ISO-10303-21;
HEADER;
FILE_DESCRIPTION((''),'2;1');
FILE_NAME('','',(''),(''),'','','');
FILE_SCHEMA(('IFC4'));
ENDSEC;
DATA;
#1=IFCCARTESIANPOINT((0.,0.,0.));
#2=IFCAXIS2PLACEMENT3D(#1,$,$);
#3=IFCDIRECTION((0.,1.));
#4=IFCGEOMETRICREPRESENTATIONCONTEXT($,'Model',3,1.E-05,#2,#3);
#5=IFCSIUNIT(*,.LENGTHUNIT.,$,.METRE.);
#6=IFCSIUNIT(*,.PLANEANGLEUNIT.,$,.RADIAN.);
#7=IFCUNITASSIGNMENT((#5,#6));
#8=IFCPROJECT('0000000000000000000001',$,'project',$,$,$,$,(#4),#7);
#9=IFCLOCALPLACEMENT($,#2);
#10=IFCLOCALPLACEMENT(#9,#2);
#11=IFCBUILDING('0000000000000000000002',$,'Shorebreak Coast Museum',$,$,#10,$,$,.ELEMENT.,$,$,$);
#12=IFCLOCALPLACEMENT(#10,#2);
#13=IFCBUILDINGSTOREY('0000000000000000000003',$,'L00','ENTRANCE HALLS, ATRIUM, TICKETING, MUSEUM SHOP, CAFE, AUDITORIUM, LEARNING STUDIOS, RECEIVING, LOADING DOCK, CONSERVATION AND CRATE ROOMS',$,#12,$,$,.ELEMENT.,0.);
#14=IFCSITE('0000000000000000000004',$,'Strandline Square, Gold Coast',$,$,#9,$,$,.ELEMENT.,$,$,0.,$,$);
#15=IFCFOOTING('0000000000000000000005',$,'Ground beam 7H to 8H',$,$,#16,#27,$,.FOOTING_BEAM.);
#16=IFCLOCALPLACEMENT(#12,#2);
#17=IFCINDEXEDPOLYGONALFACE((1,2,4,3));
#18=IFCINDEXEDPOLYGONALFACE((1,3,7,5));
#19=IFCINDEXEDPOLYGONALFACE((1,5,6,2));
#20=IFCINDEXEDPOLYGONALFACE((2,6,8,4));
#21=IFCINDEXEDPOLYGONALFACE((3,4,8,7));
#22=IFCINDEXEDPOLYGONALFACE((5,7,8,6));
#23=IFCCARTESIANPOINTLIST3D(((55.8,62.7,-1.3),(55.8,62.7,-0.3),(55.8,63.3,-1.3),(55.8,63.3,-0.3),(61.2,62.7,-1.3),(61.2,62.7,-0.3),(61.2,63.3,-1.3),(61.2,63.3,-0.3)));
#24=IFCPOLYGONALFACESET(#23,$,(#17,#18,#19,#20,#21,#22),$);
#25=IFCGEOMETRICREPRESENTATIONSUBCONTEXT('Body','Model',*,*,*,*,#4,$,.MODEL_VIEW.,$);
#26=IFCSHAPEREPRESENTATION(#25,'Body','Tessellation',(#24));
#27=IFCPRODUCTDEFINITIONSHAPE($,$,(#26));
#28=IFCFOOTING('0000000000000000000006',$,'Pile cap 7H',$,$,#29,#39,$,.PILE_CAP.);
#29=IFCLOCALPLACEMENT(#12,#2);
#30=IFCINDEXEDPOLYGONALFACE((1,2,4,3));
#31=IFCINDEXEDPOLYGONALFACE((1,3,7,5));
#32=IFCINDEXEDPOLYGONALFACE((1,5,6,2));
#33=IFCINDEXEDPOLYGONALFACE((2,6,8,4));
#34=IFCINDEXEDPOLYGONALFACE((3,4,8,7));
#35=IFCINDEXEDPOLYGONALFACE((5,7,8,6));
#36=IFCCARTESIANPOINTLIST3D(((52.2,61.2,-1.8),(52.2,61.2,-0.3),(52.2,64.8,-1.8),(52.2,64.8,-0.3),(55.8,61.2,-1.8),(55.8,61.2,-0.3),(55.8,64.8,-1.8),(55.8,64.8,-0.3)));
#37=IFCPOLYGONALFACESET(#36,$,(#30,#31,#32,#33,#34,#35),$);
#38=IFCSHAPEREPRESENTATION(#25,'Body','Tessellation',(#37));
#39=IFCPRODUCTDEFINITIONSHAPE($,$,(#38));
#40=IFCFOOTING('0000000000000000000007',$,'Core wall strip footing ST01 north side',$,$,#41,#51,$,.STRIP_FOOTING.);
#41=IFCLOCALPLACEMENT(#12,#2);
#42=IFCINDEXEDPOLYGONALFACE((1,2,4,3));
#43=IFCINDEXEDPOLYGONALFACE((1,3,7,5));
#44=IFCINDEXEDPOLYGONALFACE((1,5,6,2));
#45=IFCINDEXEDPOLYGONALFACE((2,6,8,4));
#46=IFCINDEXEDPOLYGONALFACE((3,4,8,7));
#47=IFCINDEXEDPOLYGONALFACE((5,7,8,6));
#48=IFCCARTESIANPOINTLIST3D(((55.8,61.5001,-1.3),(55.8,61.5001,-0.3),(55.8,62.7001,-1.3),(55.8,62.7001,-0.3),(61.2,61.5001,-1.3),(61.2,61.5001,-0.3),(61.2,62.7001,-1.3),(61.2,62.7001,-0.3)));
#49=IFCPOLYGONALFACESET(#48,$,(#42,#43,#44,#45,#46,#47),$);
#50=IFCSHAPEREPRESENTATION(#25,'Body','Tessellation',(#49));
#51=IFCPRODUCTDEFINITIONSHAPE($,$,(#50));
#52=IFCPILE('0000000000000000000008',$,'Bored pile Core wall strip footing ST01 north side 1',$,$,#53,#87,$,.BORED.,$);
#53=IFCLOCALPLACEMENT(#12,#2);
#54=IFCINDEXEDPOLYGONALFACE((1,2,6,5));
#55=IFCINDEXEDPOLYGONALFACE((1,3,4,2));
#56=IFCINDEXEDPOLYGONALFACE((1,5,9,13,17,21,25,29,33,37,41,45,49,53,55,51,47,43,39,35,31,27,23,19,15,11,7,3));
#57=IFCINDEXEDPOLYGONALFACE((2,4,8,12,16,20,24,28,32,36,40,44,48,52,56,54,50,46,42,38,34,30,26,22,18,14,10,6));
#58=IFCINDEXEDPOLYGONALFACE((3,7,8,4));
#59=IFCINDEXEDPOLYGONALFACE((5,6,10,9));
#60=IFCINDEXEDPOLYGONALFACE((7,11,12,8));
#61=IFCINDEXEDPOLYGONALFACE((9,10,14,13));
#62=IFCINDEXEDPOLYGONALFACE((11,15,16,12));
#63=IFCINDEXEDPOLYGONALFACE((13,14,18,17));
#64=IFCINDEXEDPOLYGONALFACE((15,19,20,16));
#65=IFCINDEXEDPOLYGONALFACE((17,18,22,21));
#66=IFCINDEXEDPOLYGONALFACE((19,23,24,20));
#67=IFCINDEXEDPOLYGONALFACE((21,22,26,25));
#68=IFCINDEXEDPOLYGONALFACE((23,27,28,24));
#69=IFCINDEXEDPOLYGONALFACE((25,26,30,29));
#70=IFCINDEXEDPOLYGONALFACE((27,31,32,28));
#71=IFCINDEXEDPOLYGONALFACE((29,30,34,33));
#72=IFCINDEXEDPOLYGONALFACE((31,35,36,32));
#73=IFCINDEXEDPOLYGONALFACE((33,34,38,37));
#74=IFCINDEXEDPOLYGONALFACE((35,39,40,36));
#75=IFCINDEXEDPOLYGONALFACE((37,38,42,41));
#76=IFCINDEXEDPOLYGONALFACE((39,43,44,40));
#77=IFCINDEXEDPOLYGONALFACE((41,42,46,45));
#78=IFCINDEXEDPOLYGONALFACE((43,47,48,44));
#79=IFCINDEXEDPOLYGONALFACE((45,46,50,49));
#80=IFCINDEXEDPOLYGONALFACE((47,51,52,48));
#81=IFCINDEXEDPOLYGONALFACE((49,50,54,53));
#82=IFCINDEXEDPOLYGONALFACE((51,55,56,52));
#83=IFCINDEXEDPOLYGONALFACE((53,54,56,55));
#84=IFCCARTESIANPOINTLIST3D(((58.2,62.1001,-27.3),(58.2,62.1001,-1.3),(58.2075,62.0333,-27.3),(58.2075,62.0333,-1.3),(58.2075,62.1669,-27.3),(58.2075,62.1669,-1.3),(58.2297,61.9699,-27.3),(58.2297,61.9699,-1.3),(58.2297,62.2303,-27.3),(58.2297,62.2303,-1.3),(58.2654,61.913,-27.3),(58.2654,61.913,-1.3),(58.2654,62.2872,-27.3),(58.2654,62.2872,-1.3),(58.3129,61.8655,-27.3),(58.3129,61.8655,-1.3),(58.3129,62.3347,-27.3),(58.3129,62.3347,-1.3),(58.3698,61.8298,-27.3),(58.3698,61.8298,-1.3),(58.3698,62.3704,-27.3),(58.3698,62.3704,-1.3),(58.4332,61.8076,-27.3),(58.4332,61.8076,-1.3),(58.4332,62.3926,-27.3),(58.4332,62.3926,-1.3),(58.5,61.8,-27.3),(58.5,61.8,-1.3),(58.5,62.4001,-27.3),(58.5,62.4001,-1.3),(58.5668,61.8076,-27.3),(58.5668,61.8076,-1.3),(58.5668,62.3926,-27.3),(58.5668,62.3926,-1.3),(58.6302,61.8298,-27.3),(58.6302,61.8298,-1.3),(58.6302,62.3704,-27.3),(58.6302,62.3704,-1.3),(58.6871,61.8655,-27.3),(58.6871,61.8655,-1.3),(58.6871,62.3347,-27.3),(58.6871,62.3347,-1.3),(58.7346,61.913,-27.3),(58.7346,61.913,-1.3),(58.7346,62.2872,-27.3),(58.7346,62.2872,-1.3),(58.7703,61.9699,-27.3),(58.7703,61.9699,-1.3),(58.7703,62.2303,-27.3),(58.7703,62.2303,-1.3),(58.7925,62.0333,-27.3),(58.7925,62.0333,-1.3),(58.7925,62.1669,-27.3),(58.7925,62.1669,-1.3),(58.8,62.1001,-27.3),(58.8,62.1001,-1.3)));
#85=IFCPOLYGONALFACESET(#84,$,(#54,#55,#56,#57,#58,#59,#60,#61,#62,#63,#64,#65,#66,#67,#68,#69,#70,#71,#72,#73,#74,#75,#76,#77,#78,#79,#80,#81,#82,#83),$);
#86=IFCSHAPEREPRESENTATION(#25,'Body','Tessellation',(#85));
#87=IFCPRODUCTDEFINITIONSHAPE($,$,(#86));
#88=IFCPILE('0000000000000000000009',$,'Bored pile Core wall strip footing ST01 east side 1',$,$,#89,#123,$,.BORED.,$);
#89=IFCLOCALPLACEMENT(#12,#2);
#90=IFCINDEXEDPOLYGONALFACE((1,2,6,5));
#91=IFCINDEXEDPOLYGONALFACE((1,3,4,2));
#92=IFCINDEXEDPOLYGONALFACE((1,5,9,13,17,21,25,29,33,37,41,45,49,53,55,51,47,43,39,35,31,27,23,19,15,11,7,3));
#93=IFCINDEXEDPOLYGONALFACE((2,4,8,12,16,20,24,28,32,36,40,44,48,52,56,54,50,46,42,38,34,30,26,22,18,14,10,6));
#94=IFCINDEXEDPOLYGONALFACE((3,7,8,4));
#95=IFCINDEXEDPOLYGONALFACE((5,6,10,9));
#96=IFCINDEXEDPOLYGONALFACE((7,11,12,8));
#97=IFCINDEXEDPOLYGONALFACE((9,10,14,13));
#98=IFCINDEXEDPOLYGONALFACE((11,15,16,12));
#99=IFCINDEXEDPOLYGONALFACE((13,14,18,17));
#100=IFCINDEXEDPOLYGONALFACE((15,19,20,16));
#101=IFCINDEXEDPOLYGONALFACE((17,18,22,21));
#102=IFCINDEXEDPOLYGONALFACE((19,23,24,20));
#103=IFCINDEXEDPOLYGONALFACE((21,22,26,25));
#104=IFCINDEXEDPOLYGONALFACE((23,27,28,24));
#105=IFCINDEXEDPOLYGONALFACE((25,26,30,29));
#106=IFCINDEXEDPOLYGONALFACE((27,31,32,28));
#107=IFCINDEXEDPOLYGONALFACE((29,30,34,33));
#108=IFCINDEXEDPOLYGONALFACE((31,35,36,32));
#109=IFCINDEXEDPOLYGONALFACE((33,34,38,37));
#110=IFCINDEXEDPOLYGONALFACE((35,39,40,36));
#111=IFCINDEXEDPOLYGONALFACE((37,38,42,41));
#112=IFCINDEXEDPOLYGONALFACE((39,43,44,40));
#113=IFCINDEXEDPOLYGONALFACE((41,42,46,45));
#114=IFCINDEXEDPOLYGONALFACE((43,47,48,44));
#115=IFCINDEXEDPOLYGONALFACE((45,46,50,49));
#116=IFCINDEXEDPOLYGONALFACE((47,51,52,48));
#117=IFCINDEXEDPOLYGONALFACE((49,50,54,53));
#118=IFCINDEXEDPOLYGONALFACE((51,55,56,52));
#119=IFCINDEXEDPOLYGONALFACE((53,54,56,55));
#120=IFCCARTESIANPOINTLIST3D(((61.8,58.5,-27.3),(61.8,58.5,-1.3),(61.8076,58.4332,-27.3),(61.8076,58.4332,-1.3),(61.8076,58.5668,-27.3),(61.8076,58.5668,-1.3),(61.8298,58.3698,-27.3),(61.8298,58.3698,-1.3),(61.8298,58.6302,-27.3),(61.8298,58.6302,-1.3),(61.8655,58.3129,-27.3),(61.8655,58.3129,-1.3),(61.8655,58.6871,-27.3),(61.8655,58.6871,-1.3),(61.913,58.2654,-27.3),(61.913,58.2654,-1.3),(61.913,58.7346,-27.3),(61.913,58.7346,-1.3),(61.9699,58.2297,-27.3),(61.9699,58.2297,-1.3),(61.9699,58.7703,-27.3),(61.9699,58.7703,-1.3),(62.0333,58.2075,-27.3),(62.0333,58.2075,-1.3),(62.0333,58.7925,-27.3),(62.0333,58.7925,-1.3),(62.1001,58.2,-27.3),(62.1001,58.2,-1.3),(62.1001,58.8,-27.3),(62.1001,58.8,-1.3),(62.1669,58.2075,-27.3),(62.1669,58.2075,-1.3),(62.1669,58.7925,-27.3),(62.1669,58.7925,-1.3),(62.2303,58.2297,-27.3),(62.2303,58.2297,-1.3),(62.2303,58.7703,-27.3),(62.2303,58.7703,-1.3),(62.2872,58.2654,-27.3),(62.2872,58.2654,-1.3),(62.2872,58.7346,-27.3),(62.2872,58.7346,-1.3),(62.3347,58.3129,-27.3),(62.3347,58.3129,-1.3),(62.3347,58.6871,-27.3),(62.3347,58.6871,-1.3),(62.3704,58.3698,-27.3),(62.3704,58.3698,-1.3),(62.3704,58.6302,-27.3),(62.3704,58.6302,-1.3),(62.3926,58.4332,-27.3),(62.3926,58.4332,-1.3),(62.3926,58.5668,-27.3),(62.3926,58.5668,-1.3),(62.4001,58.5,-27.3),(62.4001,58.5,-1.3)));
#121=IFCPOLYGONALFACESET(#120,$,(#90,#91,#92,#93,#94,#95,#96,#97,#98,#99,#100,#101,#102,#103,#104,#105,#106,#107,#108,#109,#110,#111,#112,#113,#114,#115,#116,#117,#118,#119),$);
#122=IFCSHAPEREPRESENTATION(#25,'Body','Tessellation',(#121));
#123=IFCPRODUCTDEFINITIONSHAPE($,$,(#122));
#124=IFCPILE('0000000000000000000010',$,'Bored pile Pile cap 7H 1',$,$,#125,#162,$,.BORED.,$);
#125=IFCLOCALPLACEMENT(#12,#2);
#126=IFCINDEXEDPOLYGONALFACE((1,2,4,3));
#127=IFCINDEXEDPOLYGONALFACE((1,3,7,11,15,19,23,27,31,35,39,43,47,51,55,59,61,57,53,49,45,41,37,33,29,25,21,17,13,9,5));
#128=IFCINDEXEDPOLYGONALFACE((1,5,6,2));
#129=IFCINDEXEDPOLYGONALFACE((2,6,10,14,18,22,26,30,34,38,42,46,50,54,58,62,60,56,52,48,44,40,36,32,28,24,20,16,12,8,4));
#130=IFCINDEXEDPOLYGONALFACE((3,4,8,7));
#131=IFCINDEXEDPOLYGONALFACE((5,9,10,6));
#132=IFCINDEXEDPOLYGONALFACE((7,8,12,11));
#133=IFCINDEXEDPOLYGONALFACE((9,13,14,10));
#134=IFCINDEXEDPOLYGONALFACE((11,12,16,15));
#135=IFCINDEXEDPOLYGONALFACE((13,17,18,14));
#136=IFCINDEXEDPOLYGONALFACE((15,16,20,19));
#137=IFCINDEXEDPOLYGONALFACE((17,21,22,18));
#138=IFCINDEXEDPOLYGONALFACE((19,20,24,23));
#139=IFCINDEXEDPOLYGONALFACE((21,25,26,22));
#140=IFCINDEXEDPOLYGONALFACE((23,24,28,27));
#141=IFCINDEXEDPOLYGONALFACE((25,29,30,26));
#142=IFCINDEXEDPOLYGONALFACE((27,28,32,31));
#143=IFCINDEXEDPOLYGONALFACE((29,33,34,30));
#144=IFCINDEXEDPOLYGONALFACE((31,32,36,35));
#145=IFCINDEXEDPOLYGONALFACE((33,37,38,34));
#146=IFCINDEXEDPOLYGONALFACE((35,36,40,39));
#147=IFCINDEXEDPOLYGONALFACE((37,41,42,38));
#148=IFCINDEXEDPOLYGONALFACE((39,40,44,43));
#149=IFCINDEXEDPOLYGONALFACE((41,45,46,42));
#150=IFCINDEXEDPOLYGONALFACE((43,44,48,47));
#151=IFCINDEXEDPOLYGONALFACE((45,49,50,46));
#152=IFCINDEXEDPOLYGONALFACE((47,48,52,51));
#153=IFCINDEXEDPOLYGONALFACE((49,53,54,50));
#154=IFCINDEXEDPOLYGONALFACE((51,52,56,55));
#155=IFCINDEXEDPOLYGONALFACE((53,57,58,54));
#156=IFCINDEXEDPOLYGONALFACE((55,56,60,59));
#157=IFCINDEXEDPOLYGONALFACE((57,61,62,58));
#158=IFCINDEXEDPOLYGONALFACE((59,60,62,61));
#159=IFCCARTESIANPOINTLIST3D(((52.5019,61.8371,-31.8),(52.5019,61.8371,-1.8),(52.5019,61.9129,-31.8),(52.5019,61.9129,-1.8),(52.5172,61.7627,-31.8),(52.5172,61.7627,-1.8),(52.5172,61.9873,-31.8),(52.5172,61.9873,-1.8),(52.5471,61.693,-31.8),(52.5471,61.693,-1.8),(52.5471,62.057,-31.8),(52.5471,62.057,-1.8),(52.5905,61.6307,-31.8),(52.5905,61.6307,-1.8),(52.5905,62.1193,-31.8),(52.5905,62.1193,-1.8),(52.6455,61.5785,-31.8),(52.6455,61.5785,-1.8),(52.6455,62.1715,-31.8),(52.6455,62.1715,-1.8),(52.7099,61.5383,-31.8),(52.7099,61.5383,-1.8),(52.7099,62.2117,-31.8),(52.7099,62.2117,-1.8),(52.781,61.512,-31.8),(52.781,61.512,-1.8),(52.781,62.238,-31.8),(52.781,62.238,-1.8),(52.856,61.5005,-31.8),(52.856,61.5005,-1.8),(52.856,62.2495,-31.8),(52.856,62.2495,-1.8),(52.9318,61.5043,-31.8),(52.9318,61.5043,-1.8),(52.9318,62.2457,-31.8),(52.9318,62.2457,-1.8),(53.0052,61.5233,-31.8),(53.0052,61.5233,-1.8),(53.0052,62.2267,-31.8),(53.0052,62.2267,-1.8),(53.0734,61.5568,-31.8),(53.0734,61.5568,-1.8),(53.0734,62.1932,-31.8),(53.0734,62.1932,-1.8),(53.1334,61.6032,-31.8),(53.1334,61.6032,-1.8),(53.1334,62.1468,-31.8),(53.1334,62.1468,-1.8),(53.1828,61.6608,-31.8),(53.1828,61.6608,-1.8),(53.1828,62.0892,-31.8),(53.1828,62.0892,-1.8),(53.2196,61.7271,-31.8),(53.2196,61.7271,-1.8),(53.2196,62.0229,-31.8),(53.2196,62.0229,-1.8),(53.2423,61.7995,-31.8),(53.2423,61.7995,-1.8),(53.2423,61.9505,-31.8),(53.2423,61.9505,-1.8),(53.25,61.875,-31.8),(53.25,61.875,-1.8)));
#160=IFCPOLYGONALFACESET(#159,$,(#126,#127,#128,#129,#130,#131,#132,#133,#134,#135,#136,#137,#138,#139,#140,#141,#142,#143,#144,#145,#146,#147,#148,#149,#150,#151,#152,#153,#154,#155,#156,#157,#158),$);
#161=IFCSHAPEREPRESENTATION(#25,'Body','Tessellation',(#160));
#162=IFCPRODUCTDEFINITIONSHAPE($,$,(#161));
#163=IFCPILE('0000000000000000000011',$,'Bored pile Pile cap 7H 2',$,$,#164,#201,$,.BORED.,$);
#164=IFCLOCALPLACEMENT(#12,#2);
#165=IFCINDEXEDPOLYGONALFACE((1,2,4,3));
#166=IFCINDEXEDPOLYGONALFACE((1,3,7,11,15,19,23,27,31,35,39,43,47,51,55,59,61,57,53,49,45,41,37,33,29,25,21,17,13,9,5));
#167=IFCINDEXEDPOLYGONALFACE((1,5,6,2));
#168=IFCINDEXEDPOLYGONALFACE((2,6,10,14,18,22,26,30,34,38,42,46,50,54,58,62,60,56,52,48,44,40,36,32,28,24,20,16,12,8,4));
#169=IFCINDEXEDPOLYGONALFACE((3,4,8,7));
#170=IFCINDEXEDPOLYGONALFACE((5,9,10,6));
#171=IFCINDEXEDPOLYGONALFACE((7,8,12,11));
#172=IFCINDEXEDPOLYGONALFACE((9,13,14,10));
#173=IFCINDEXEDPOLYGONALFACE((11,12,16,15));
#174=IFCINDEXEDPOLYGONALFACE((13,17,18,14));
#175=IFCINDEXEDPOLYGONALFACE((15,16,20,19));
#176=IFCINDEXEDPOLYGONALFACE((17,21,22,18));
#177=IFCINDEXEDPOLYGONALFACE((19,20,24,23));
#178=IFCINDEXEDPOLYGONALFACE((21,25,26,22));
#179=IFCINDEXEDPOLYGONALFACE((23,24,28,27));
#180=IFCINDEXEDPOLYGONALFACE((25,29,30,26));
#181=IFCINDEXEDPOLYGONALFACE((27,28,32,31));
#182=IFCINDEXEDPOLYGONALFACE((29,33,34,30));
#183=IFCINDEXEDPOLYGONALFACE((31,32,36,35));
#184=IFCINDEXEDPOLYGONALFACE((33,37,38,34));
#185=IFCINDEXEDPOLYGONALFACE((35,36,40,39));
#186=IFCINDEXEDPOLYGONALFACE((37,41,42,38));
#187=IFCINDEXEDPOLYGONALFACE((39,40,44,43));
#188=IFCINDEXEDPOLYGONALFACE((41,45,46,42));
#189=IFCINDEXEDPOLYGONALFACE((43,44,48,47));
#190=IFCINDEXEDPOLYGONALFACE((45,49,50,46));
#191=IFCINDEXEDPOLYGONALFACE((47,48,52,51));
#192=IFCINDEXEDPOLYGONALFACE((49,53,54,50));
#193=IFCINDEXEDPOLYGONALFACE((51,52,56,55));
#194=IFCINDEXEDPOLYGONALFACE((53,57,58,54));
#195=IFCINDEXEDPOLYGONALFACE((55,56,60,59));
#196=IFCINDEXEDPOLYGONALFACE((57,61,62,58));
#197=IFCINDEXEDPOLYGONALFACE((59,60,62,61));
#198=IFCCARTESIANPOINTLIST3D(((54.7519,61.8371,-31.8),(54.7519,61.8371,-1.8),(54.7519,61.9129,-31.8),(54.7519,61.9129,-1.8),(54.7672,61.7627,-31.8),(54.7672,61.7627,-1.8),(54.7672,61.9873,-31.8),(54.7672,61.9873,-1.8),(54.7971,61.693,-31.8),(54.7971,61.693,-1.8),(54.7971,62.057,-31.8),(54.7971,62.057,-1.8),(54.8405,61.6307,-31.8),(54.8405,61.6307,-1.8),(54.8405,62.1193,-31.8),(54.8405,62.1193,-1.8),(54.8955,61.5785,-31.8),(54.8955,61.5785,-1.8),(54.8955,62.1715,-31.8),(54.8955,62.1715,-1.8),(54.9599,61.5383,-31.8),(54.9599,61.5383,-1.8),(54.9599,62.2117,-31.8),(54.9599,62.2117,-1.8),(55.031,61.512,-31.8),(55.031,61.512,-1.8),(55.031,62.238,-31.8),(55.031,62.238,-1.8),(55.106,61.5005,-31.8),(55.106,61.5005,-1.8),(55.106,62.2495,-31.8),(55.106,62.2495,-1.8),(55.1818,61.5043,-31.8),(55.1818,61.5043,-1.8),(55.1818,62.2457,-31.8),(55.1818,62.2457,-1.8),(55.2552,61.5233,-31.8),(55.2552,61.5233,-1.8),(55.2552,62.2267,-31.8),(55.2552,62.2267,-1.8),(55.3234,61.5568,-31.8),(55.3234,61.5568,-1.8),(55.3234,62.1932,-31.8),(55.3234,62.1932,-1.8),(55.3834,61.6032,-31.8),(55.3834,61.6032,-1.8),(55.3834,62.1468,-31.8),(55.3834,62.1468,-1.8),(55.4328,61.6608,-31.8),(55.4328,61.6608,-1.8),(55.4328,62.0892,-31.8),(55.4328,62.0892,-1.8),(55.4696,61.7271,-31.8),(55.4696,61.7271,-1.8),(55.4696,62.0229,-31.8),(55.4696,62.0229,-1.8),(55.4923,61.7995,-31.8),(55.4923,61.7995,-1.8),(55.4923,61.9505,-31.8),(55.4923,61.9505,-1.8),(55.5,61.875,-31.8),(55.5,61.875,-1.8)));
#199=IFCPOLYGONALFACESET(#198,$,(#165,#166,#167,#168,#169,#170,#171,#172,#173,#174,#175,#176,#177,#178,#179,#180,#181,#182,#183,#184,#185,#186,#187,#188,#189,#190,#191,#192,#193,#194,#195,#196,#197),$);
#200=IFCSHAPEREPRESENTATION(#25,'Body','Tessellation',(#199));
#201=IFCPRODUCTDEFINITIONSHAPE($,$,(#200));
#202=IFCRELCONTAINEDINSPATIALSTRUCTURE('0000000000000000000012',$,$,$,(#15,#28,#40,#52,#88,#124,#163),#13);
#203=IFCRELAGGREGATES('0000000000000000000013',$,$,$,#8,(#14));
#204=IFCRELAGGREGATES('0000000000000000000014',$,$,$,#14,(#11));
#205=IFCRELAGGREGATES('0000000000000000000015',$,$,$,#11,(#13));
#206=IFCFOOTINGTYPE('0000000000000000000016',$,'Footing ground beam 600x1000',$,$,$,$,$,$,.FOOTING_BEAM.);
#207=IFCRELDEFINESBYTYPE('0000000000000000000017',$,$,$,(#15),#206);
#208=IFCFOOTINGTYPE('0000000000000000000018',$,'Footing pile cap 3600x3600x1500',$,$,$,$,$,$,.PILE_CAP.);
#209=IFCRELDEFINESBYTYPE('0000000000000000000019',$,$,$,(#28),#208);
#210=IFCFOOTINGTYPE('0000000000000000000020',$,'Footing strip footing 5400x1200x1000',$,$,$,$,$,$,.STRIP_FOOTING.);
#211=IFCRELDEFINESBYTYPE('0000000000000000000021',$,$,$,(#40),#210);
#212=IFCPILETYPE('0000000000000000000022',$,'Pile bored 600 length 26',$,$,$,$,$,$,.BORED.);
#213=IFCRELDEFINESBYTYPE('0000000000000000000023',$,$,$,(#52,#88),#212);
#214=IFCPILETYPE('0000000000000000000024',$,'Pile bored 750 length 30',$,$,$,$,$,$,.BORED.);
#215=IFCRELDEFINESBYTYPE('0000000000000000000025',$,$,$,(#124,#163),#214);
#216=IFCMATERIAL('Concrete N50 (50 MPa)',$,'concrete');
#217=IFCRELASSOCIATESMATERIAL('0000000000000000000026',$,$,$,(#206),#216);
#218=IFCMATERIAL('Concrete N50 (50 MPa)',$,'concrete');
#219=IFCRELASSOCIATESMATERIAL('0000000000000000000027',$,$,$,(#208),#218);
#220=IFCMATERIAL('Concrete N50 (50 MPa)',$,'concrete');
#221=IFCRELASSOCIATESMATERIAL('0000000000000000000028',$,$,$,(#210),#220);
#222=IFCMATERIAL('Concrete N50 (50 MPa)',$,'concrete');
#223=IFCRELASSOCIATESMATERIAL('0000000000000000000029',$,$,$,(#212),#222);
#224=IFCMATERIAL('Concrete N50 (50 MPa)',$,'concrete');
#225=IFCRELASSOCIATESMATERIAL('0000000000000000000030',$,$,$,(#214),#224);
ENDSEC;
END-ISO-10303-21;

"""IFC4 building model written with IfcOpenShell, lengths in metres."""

from ifc_helpers import new_model, si_unit, direction, frame, origin, origin_2d, place, context, subcontext, project, spatial, rectangle, circle, extrude, material, material_profile, profile_set, type_object, element, save


model = new_model("IFC4")

# Units and contexts
model_context = context("Model", 3, precision=1e-05, world=origin(), true_north=direction((0.0, 1.0)))
body_context = subcontext(model_context, "Body", "Model", "MODEL_VIEW")
ifc_project = project(units=[si_unit("LENGTHUNIT", "METRE"), si_unit("PLANEANGLEUNIT", "RADIAN")], contexts=[model_context])

# Site, building, storey
site_placement = place(None, origin())
site = spatial("IfcSite", under=ifc_project, at=site_placement, Name="Strandline Square, Gold Coast", CompositionType="ELEMENT", RefElevation=0.0)
building_placement = place(site_placement, origin())
building = spatial("IfcBuilding", under=site, at=building_placement, Name="Shorebreak Coast Museum", CompositionType="ELEMENT")
storey_placement = place(building_placement, origin())
storey = spatial("IfcBuildingStorey", under=building, at=storey_placement, Name="L00", Description="ENTRANCE HALLS, ATRIUM, TICKETING, MUSEUM SHOP, CAFE, AUDITORIUM, LEARNING STUDIOS, RECEIVING, LOADING DOCK, CONSERVATION AND CRATE ROOMS", CompositionType="ELEMENT", Elevation=0.0)

# Footings
ifc_material_1 = material(Name="Concrete N50 (50 MPa)", Category="concrete")
footing_type_1 = type_object("IfcFootingType", Name="Footing ground beam 600x1000", PredefinedType="FOOTING_BEAM", material=ifc_material_1)
footing_1_placement = place(storey_placement, frame((58.5, 63.0, -1.3), z_axis=(0.0, 0.0, 1.0), x_axis=(1.0, 0.0, 0.0)))
element("IfcFooting", 1, at=footing_1_placement, inside=storey, type_object=footing_type_1, Name="Ground beam 7H to 8H", PredefinedType="FOOTING_BEAM", context=body_context, shape_type="SweptSolid", body=[
    extrude(rectangle(XDim=5.3999, YDim=0.6001, at=origin_2d()), origin(), (0.0, 0.0, 1.0), 1.0),
])
ifc_material_2 = material(Name="Concrete N50 (50 MPa)", Category="concrete")
footing_type_2 = type_object("IfcFootingType", Name="Footing pile cap 3600x3600x1500", PredefinedType="PILE_CAP", material=ifc_material_2)
footing_2_placement = place(storey_placement, frame((54.0, 63.0, -1.8), z_axis=(0.0, 0.0, 1.0), x_axis=(1.0, 0.0, 0.0)))
element("IfcFooting", 2, at=footing_2_placement, inside=storey, type_object=footing_type_2, Name="Pile cap 7H", PredefinedType="PILE_CAP", context=body_context, shape_type="SweptSolid", body=[
    extrude(rectangle(XDim=3.6001, YDim=3.6001, at=origin_2d()), origin(), (0.0, 0.0, 1.0), 1.5),
])
ifc_material_3 = material(Name="Concrete N50 (50 MPa)", Category="concrete")
footing_type_3 = type_object("IfcFootingType", Name="Footing strip footing 5400x1200x1000", PredefinedType="STRIP_FOOTING", material=ifc_material_3)
footing_3_placement = place(storey_placement, frame((58.5, 62.1001, -1.3), z_axis=(0.0, 0.0, 1.0), x_axis=(1.0, 0.0, 0.0)))
element("IfcFooting", 3, at=footing_3_placement, inside=storey, type_object=footing_type_3, Name="Core wall strip footing ST01 north side", PredefinedType="STRIP_FOOTING", context=body_context, shape_type="SweptSolid", body=[
    extrude(rectangle(XDim=5.3999, YDim=1.2, at=origin_2d()), origin(), (0.0, 0.0, 1.0), 1.0),
])

# Piles
ifc_material_4 = material(Name="Concrete N50 (50 MPa)", Category="concrete")
ifc_material_profile_1 = material_profile(ifc_material_4, circle(Radius=0.3, at=origin_2d()), Name="Pile bored 600 length 26")
ifc_profile_set_1 = profile_set([ifc_material_profile_1], Name="Concrete N50 (50 MPa)")
pile_type_1 = type_object("IfcPileType", Name="Pile bored 600 length 26", PredefinedType="BORED", material=ifc_profile_set_1)
for number, where, z_axis, x_axis, name in (
    (4, (58.5, 62.1001, -1.3), (0.0, 0.0, -1.0), (1.0, 0.0, 0.0), "Bored pile Core wall strip footing ST01 north side 1"),
    (5, (62.1001, 58.5, -1.3), (0.0, 0.0, -1.0), (1.0, 0.0, 0.0), "Bored pile Core wall strip footing ST01 east side 1"),
):
    element("IfcPile", number, at=place(storey_placement, frame(where, z_axis=z_axis, x_axis=x_axis)), inside=storey, type_object=pile_type_1, Name=name, PredefinedType="BORED", context=body_context, shape_type="SweptSolid", body=[
        extrude(circle(Radius=0.3, at=origin_2d()), origin(), (0.0, 0.0, 1.0), 26.0),
    ])
ifc_material_5 = material(Name="Concrete N50 (50 MPa)", Category="concrete")
ifc_material_profile_2 = material_profile(ifc_material_5, circle(Radius=0.375, at=origin_2d()), Name="Pile bored 750 length 30")
ifc_profile_set_2 = profile_set([ifc_material_profile_2], Name="Concrete N50 (50 MPa)")
pile_type_2 = type_object("IfcPileType", Name="Pile bored 750 length 30", PredefinedType="BORED", material=ifc_profile_set_2)
for number, where, z_axis, x_axis, name in (
    (6, (52.875, 61.875, -1.8), (0.0, 0.0, -1.0), (1.0, 0.0, 0.0), "Bored pile Pile cap 7H 1"),
    (7, (55.125, 61.875, -1.8), (0.0, 0.0, -1.0), (1.0, 0.0, 0.0), "Bored pile Pile cap 7H 2"),
):
    element("IfcPile", number, at=place(storey_placement, frame(where, z_axis=z_axis, x_axis=x_axis)), inside=storey, type_object=pile_type_2, Name=name, PredefinedType="BORED", context=body_context, shape_type="SweptSolid", body=[
        extrude(circle(Radius=0.375, at=origin_2d()), origin(), (0.0, 0.0, 1.0), 30.0),
    ])

save(model, "model.ifc")
